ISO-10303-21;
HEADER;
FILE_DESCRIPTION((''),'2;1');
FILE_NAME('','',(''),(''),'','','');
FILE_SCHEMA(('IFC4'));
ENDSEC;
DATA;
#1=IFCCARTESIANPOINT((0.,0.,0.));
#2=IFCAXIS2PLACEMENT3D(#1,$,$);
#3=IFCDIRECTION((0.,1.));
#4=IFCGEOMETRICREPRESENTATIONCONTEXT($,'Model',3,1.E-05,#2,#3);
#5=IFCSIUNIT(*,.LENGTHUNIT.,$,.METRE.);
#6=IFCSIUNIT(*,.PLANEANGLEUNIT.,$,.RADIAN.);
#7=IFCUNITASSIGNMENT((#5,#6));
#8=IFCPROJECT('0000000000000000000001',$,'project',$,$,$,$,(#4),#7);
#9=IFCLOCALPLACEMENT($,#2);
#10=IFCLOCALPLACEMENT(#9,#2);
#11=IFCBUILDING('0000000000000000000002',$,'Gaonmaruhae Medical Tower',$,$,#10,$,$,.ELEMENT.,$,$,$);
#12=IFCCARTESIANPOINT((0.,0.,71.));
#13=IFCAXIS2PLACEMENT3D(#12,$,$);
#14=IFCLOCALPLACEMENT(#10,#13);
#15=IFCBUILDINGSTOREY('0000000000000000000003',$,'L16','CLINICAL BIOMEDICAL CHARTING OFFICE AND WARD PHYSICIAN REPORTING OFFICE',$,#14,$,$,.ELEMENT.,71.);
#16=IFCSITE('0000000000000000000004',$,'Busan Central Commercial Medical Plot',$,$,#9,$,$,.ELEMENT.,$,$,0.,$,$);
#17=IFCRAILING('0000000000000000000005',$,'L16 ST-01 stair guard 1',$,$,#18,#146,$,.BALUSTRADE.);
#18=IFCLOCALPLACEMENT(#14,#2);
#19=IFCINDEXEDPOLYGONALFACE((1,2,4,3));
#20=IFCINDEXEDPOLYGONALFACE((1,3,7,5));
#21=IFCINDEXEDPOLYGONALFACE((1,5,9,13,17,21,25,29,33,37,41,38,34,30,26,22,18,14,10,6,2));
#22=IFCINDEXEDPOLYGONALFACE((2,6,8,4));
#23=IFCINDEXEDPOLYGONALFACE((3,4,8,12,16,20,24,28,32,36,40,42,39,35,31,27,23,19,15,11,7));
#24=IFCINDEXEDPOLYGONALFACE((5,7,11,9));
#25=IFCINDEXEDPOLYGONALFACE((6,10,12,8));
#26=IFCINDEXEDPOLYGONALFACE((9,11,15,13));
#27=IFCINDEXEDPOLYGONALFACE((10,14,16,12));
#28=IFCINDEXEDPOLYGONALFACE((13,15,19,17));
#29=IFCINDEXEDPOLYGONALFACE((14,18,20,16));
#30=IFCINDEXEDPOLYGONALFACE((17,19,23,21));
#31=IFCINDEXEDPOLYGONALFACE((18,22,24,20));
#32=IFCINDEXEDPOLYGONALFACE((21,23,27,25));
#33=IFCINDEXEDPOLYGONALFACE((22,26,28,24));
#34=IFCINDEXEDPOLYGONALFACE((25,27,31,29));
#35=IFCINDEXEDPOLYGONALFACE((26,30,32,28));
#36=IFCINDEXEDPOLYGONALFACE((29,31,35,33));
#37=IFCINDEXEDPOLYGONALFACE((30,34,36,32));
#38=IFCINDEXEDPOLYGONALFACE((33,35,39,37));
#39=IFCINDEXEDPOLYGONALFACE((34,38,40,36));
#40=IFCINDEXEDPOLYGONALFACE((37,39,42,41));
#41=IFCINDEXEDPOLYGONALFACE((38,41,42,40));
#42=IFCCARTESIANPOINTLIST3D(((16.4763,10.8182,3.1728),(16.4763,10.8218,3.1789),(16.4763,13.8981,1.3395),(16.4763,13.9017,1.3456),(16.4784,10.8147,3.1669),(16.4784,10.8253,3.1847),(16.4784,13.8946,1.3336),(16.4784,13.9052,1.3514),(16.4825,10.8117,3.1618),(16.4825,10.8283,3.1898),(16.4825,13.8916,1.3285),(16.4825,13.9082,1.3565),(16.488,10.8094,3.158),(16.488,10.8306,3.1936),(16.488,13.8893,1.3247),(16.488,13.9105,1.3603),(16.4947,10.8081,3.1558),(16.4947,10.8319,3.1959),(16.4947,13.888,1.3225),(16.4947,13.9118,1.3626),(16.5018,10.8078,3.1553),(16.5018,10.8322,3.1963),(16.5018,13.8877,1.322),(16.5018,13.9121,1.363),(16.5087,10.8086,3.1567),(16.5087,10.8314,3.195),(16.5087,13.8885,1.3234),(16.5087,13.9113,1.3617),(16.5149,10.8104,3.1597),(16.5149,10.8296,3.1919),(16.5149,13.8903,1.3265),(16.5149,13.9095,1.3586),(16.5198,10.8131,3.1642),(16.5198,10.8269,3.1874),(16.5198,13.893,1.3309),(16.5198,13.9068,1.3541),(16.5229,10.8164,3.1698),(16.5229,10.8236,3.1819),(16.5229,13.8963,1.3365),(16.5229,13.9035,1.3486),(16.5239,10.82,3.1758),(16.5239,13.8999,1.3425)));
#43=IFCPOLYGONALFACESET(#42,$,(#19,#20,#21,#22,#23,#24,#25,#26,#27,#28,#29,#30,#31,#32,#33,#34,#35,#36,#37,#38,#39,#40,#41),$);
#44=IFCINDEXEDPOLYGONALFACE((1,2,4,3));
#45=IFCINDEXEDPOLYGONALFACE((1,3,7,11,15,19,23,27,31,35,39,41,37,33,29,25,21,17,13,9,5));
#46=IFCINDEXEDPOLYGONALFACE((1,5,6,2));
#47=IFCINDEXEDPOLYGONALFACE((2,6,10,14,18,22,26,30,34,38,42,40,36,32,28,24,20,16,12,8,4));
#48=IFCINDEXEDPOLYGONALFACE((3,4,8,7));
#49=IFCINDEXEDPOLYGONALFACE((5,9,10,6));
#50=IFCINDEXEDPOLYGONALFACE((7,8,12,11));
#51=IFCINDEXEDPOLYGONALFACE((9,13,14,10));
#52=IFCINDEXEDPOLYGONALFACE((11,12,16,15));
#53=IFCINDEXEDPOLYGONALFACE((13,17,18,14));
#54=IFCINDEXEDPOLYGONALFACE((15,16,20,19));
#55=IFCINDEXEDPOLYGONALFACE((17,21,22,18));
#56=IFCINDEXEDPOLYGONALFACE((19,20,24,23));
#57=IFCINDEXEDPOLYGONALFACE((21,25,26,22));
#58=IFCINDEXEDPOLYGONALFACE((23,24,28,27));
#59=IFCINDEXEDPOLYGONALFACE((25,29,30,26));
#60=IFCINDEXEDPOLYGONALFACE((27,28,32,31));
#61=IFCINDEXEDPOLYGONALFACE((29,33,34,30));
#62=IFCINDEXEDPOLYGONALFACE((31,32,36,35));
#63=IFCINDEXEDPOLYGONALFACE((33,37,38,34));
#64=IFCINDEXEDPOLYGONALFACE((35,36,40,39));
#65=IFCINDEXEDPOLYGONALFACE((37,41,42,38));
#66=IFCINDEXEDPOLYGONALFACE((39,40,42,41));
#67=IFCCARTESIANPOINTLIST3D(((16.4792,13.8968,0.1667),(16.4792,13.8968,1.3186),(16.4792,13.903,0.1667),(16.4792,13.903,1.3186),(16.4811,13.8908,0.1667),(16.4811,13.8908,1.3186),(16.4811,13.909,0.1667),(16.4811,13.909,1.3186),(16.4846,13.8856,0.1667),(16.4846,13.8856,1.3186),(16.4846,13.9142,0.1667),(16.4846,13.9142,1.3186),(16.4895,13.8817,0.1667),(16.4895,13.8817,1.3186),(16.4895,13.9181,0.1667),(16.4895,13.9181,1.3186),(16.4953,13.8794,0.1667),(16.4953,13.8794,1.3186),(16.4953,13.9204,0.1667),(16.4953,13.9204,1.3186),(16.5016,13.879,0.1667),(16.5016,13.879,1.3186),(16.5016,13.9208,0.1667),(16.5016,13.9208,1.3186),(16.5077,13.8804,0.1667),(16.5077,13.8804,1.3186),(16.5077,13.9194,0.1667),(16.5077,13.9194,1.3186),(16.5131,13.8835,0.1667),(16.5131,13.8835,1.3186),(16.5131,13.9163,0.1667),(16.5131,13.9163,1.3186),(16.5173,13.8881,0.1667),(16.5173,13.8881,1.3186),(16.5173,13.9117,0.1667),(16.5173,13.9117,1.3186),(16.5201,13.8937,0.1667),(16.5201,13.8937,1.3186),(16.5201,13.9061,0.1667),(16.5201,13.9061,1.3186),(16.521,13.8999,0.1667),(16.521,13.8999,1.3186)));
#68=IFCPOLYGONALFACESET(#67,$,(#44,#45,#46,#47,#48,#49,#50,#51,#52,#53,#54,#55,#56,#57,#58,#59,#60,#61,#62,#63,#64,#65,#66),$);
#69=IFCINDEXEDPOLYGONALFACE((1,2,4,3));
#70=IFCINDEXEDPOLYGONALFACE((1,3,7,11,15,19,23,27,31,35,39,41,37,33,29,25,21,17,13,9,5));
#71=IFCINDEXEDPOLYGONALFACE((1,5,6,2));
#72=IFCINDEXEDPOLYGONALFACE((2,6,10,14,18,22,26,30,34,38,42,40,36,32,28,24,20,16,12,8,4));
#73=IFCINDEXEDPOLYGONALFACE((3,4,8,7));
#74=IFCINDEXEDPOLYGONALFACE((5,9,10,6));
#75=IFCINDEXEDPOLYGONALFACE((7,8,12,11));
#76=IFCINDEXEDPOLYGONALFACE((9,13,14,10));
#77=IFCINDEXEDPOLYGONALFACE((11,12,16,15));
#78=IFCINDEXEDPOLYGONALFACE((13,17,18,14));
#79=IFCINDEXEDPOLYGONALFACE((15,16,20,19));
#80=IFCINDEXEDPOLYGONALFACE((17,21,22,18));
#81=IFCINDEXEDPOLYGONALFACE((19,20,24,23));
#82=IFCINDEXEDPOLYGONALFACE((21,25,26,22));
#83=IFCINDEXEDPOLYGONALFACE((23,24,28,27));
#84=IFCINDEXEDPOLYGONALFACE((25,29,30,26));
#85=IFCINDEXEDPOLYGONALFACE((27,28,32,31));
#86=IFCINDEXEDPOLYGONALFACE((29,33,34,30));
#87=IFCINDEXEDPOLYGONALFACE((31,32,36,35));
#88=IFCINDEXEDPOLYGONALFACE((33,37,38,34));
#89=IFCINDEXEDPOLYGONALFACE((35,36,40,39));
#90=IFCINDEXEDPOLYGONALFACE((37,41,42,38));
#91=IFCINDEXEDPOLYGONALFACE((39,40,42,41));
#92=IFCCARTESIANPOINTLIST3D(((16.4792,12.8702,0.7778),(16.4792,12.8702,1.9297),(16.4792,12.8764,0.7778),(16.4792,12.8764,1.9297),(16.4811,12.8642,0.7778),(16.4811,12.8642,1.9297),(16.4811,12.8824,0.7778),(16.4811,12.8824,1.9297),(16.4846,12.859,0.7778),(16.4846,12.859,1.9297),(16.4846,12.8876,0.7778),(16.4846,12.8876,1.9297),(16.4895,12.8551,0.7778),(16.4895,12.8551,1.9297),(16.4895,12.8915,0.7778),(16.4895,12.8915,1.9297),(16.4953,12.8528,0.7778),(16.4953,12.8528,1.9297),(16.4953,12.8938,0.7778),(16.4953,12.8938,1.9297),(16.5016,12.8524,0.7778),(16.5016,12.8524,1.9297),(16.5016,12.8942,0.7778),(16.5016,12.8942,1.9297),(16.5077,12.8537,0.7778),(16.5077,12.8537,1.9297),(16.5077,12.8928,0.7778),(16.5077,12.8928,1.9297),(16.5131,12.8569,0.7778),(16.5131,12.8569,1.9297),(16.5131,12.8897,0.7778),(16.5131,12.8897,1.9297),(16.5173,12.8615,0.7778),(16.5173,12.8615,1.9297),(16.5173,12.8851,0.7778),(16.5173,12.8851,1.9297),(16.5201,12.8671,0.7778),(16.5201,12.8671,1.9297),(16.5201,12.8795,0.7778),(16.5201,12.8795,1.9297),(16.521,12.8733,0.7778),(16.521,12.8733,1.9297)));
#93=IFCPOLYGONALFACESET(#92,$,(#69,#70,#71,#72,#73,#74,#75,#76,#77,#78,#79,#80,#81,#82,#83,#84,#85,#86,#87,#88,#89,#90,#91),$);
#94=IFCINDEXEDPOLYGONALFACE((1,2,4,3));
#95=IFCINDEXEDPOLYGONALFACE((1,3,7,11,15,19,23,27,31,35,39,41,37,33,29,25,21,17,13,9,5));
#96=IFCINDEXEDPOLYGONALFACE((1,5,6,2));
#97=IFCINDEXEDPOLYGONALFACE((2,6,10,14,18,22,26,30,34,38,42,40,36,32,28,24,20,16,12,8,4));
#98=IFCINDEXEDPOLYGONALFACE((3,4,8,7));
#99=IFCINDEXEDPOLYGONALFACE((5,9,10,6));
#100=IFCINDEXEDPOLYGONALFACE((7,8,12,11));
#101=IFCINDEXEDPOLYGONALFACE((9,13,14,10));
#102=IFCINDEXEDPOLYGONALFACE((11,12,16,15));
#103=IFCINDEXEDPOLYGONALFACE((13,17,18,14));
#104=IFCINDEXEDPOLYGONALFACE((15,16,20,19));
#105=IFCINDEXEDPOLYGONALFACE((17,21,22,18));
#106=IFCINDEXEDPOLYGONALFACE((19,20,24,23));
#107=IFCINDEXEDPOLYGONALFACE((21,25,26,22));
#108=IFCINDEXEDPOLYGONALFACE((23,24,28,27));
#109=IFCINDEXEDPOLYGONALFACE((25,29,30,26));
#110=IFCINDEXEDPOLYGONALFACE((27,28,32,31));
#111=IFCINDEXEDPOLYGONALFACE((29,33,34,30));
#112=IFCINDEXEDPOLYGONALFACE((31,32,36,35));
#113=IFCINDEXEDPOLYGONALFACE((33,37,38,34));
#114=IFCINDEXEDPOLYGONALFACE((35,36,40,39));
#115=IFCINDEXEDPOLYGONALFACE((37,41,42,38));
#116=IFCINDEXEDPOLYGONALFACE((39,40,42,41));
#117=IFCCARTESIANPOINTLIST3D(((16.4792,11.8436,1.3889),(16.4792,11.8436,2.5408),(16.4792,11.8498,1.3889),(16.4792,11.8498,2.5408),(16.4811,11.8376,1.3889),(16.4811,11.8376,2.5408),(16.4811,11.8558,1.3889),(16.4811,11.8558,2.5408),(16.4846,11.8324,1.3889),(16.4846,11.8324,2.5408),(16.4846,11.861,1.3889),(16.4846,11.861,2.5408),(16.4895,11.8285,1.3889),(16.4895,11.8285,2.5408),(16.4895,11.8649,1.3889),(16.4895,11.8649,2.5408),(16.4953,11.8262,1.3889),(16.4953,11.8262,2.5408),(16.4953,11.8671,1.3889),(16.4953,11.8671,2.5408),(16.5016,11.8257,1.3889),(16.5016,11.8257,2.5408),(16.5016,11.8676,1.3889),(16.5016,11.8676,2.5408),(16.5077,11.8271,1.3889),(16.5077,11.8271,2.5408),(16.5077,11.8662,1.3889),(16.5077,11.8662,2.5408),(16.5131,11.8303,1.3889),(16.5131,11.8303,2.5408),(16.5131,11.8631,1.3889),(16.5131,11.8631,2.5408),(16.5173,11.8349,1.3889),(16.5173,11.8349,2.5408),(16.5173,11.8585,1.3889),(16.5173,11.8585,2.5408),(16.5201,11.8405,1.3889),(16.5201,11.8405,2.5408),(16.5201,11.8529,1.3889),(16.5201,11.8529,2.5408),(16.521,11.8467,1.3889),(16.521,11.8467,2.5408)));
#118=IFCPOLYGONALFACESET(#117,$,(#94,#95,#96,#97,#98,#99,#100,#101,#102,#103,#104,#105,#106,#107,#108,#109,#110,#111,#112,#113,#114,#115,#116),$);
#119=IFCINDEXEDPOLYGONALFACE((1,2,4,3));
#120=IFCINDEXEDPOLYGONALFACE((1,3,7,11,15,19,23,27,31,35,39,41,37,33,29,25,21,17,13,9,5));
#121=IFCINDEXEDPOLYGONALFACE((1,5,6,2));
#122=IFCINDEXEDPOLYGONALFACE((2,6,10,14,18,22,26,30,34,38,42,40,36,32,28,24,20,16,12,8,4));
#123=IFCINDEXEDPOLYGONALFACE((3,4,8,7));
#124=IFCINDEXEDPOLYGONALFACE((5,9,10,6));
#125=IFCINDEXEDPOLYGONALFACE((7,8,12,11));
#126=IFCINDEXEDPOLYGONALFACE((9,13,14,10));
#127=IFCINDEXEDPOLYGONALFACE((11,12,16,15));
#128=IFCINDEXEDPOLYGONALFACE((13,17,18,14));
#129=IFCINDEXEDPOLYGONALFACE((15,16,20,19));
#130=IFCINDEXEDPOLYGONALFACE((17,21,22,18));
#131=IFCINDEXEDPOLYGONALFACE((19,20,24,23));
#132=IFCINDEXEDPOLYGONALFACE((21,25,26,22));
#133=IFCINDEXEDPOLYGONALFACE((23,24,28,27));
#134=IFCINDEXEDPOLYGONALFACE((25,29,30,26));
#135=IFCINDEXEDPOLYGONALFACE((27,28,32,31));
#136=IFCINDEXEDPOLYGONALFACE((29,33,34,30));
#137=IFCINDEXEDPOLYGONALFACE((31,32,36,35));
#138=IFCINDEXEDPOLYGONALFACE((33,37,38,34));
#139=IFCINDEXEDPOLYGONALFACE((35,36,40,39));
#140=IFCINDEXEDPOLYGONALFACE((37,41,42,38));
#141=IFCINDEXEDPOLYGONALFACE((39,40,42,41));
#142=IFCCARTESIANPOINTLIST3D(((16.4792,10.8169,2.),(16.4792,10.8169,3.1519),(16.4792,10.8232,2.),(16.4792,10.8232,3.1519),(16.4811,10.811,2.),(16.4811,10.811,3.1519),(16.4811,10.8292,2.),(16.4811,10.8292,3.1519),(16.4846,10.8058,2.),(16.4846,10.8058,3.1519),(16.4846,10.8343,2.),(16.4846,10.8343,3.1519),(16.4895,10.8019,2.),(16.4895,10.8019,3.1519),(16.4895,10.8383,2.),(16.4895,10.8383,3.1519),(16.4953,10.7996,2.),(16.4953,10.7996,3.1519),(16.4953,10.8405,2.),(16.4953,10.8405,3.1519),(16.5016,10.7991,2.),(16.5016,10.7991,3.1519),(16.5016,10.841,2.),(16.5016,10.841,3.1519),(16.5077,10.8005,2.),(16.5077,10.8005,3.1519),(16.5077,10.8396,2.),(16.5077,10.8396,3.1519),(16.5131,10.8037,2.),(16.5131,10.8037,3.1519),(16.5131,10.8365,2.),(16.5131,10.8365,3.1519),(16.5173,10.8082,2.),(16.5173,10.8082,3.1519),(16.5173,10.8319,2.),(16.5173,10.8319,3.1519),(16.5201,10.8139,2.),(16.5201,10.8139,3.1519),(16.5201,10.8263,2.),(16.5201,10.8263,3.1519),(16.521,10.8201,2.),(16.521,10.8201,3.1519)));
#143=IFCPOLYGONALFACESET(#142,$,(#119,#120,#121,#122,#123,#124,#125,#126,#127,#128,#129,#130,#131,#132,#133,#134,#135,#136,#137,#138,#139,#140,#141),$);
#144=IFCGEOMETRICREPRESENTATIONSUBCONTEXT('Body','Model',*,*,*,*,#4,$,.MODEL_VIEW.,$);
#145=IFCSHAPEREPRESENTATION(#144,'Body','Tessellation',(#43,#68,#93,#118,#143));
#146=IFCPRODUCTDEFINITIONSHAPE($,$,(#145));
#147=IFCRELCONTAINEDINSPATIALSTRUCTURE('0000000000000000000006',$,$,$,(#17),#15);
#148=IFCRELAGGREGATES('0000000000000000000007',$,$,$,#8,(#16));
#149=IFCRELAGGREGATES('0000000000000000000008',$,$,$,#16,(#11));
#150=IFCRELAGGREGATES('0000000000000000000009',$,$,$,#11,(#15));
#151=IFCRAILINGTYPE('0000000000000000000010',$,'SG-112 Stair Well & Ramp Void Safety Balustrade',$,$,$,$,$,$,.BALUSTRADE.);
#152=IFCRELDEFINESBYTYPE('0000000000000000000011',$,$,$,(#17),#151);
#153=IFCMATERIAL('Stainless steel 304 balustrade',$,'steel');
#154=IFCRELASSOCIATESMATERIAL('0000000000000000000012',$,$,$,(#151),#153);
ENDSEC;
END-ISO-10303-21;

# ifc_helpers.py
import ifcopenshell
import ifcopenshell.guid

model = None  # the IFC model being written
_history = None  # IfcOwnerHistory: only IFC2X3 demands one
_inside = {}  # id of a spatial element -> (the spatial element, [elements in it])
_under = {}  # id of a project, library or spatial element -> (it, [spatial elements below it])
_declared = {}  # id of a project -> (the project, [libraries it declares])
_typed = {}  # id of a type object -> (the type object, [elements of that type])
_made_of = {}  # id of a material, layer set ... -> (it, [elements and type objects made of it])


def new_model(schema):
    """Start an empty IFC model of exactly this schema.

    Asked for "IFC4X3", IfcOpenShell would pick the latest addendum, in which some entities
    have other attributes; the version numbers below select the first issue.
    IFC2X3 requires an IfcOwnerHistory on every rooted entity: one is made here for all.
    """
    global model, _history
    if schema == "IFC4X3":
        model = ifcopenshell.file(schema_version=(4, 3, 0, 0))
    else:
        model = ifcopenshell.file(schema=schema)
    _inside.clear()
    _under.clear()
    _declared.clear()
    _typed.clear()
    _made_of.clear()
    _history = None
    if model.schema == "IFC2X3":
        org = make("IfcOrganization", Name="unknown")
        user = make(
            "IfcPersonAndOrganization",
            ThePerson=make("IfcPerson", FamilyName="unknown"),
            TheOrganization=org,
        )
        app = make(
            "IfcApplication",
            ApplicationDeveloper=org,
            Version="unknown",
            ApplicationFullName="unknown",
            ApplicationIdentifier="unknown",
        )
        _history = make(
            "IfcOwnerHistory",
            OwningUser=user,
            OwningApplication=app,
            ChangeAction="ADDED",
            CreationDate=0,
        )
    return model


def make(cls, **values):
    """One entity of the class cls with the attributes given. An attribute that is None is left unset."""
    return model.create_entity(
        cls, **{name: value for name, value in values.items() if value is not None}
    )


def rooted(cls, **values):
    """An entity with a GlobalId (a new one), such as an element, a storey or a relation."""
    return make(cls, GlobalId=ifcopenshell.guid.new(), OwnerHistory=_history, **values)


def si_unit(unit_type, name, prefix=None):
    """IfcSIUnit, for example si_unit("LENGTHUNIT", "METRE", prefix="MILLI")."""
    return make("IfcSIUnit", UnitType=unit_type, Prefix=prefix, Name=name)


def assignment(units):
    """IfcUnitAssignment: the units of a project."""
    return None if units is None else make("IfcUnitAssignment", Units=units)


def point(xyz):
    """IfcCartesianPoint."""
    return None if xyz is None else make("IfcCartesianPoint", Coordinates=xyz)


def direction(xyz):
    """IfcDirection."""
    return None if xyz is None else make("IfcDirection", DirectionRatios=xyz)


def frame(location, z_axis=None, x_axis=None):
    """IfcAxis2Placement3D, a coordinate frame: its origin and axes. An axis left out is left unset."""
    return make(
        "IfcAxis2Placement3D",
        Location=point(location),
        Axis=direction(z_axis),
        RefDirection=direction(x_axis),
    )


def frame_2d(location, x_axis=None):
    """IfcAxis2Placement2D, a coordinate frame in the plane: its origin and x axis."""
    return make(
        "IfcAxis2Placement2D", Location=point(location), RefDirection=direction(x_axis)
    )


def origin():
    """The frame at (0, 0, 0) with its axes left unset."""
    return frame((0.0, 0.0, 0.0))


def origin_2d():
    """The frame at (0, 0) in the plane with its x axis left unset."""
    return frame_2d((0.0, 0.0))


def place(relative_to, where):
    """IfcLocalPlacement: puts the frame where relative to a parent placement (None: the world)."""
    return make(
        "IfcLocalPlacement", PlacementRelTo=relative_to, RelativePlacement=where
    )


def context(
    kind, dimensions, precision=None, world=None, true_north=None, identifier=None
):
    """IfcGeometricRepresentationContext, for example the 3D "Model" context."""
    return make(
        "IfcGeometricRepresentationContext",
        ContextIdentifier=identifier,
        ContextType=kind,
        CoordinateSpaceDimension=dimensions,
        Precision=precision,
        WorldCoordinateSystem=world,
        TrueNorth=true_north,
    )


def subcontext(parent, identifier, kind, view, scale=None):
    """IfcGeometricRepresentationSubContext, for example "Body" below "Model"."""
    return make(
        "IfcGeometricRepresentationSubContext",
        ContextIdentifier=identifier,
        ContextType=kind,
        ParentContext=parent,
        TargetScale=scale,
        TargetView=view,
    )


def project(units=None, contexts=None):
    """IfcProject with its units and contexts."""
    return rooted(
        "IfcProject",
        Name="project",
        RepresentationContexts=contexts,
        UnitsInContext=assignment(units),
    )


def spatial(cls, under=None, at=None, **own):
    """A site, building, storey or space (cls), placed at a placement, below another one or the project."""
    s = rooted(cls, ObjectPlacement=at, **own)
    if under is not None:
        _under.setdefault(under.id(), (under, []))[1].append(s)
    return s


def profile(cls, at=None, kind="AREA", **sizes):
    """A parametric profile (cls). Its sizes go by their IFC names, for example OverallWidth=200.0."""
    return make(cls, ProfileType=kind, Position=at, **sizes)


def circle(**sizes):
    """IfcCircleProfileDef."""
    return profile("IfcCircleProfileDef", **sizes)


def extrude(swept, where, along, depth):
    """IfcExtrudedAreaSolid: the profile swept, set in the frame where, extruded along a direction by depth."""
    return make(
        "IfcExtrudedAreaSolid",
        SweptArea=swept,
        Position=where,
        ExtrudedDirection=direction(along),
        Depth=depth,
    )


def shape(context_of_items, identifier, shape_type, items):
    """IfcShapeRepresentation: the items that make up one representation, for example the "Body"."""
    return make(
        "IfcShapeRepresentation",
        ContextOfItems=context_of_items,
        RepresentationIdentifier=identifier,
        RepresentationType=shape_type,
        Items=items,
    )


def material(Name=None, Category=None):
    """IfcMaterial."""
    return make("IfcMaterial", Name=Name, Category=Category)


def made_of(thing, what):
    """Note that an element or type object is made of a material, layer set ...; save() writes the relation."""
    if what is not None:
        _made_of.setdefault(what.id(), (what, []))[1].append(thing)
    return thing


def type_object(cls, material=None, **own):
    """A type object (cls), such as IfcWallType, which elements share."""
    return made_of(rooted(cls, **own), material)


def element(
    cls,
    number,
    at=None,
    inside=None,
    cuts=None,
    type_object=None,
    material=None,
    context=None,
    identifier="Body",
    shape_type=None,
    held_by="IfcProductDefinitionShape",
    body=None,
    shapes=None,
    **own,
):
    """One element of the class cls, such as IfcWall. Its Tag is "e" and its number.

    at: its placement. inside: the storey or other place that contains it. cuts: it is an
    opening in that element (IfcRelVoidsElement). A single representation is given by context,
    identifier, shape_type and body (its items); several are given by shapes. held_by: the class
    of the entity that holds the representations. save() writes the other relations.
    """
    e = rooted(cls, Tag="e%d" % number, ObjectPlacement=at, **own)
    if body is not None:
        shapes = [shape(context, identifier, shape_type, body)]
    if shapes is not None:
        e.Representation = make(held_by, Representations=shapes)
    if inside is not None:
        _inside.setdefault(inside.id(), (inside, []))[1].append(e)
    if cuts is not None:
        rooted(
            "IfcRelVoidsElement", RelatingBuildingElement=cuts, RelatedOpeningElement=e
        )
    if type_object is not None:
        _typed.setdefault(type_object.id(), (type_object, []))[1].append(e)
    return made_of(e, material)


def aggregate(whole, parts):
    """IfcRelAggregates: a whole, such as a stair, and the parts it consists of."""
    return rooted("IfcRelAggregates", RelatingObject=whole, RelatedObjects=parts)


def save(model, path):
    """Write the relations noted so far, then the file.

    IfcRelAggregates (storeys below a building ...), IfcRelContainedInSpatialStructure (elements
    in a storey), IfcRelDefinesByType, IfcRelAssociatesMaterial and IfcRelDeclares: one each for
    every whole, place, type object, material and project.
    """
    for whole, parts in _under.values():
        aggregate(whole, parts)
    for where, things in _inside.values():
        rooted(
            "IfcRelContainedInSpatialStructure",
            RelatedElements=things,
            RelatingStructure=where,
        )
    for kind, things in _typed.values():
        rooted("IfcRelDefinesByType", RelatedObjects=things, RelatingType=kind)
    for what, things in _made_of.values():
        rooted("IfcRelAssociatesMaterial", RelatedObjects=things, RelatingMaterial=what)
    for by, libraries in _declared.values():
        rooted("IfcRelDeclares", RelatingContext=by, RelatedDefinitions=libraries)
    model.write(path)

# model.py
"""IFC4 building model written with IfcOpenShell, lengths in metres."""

from ifc_helpers import new_model, si_unit, direction, frame, origin, origin_2d, place, context, subcontext, project, spatial, circle, extrude, material, type_object, element, save


model = new_model("IFC4")

# Units and contexts
model_context = context("Model", 3, precision=1e-05, world=origin(), true_north=direction((0.0, 1.0)))
body_context = subcontext(model_context, "Body", "Model", "MODEL_VIEW")
ifc_project = project(units=[si_unit("LENGTHUNIT", "METRE"), si_unit("PLANEANGLEUNIT", "RADIAN")], contexts=[model_context])

# Site, building, storey
site_placement = place(None, origin())
site = spatial("IfcSite", under=ifc_project, at=site_placement, Name="Busan Central Commercial Medical Plot", CompositionType="ELEMENT", RefElevation=0.0)
building_placement = place(site_placement, origin())
building = spatial("IfcBuilding", under=site, at=building_placement, Name="Gaonmaruhae Medical Tower", CompositionType="ELEMENT")
storey_placement = place(building_placement, frame((0.0, 0.0, 71.0)))
storey = spatial("IfcBuildingStorey", under=building, at=storey_placement, Name="L16", Description="CLINICAL BIOMEDICAL CHARTING OFFICE AND WARD PHYSICIAN REPORTING OFFICE", CompositionType="ELEMENT", Elevation=71.0)

# Railing
ifc_material_1 = material(Name="Stainless steel 304 balustrade", Category="steel")
railing_type_1 = type_object("IfcRailingType", Name="SG-112 Stair Well & Ramp Void Safety Balustrade", PredefinedType="BALUSTRADE", material=ifc_material_1)
railing_1_placement = place(storey_placement, frame((16.5, 13.8999, 0.1667)))
element("IfcRailing", 1, at=railing_1_placement, inside=storey, type_object=railing_type_1, Name="L16 ST-01 stair guard 1", PredefinedType="BALUSTRADE", context=body_context, shape_type="SweptSolid", body=[
    extrude(circle(Radius=0.0239, at=origin_2d()), frame((0.0, 0.0, 1.1758), z_axis=(0.0, -0.859291, 0.511487), x_axis=(1.0, 0.0, 0.0)), (0.0, 0.0, 1.0), 3.5842),
    extrude(circle(Radius=0.021, at=origin_2d()), origin(), (0.0, 0.0, 1.0), 1.1519),
    extrude(circle(Radius=0.021, at=origin_2d()), frame((0.0, -1.0266, 0.6111)), (0.0, 0.0, 1.0), 1.1519),
    extrude(circle(Radius=0.021, at=origin_2d()), frame((0.0, -2.0532, 1.2222)), (0.0, 0.0, 1.0), 1.1519),
    extrude(circle(Radius=0.021, at=origin_2d()), frame((0.0, -3.0798, 1.8333)), (0.0, 0.0, 1.0), 1.1519),
])

save(model, "model.ifc")
